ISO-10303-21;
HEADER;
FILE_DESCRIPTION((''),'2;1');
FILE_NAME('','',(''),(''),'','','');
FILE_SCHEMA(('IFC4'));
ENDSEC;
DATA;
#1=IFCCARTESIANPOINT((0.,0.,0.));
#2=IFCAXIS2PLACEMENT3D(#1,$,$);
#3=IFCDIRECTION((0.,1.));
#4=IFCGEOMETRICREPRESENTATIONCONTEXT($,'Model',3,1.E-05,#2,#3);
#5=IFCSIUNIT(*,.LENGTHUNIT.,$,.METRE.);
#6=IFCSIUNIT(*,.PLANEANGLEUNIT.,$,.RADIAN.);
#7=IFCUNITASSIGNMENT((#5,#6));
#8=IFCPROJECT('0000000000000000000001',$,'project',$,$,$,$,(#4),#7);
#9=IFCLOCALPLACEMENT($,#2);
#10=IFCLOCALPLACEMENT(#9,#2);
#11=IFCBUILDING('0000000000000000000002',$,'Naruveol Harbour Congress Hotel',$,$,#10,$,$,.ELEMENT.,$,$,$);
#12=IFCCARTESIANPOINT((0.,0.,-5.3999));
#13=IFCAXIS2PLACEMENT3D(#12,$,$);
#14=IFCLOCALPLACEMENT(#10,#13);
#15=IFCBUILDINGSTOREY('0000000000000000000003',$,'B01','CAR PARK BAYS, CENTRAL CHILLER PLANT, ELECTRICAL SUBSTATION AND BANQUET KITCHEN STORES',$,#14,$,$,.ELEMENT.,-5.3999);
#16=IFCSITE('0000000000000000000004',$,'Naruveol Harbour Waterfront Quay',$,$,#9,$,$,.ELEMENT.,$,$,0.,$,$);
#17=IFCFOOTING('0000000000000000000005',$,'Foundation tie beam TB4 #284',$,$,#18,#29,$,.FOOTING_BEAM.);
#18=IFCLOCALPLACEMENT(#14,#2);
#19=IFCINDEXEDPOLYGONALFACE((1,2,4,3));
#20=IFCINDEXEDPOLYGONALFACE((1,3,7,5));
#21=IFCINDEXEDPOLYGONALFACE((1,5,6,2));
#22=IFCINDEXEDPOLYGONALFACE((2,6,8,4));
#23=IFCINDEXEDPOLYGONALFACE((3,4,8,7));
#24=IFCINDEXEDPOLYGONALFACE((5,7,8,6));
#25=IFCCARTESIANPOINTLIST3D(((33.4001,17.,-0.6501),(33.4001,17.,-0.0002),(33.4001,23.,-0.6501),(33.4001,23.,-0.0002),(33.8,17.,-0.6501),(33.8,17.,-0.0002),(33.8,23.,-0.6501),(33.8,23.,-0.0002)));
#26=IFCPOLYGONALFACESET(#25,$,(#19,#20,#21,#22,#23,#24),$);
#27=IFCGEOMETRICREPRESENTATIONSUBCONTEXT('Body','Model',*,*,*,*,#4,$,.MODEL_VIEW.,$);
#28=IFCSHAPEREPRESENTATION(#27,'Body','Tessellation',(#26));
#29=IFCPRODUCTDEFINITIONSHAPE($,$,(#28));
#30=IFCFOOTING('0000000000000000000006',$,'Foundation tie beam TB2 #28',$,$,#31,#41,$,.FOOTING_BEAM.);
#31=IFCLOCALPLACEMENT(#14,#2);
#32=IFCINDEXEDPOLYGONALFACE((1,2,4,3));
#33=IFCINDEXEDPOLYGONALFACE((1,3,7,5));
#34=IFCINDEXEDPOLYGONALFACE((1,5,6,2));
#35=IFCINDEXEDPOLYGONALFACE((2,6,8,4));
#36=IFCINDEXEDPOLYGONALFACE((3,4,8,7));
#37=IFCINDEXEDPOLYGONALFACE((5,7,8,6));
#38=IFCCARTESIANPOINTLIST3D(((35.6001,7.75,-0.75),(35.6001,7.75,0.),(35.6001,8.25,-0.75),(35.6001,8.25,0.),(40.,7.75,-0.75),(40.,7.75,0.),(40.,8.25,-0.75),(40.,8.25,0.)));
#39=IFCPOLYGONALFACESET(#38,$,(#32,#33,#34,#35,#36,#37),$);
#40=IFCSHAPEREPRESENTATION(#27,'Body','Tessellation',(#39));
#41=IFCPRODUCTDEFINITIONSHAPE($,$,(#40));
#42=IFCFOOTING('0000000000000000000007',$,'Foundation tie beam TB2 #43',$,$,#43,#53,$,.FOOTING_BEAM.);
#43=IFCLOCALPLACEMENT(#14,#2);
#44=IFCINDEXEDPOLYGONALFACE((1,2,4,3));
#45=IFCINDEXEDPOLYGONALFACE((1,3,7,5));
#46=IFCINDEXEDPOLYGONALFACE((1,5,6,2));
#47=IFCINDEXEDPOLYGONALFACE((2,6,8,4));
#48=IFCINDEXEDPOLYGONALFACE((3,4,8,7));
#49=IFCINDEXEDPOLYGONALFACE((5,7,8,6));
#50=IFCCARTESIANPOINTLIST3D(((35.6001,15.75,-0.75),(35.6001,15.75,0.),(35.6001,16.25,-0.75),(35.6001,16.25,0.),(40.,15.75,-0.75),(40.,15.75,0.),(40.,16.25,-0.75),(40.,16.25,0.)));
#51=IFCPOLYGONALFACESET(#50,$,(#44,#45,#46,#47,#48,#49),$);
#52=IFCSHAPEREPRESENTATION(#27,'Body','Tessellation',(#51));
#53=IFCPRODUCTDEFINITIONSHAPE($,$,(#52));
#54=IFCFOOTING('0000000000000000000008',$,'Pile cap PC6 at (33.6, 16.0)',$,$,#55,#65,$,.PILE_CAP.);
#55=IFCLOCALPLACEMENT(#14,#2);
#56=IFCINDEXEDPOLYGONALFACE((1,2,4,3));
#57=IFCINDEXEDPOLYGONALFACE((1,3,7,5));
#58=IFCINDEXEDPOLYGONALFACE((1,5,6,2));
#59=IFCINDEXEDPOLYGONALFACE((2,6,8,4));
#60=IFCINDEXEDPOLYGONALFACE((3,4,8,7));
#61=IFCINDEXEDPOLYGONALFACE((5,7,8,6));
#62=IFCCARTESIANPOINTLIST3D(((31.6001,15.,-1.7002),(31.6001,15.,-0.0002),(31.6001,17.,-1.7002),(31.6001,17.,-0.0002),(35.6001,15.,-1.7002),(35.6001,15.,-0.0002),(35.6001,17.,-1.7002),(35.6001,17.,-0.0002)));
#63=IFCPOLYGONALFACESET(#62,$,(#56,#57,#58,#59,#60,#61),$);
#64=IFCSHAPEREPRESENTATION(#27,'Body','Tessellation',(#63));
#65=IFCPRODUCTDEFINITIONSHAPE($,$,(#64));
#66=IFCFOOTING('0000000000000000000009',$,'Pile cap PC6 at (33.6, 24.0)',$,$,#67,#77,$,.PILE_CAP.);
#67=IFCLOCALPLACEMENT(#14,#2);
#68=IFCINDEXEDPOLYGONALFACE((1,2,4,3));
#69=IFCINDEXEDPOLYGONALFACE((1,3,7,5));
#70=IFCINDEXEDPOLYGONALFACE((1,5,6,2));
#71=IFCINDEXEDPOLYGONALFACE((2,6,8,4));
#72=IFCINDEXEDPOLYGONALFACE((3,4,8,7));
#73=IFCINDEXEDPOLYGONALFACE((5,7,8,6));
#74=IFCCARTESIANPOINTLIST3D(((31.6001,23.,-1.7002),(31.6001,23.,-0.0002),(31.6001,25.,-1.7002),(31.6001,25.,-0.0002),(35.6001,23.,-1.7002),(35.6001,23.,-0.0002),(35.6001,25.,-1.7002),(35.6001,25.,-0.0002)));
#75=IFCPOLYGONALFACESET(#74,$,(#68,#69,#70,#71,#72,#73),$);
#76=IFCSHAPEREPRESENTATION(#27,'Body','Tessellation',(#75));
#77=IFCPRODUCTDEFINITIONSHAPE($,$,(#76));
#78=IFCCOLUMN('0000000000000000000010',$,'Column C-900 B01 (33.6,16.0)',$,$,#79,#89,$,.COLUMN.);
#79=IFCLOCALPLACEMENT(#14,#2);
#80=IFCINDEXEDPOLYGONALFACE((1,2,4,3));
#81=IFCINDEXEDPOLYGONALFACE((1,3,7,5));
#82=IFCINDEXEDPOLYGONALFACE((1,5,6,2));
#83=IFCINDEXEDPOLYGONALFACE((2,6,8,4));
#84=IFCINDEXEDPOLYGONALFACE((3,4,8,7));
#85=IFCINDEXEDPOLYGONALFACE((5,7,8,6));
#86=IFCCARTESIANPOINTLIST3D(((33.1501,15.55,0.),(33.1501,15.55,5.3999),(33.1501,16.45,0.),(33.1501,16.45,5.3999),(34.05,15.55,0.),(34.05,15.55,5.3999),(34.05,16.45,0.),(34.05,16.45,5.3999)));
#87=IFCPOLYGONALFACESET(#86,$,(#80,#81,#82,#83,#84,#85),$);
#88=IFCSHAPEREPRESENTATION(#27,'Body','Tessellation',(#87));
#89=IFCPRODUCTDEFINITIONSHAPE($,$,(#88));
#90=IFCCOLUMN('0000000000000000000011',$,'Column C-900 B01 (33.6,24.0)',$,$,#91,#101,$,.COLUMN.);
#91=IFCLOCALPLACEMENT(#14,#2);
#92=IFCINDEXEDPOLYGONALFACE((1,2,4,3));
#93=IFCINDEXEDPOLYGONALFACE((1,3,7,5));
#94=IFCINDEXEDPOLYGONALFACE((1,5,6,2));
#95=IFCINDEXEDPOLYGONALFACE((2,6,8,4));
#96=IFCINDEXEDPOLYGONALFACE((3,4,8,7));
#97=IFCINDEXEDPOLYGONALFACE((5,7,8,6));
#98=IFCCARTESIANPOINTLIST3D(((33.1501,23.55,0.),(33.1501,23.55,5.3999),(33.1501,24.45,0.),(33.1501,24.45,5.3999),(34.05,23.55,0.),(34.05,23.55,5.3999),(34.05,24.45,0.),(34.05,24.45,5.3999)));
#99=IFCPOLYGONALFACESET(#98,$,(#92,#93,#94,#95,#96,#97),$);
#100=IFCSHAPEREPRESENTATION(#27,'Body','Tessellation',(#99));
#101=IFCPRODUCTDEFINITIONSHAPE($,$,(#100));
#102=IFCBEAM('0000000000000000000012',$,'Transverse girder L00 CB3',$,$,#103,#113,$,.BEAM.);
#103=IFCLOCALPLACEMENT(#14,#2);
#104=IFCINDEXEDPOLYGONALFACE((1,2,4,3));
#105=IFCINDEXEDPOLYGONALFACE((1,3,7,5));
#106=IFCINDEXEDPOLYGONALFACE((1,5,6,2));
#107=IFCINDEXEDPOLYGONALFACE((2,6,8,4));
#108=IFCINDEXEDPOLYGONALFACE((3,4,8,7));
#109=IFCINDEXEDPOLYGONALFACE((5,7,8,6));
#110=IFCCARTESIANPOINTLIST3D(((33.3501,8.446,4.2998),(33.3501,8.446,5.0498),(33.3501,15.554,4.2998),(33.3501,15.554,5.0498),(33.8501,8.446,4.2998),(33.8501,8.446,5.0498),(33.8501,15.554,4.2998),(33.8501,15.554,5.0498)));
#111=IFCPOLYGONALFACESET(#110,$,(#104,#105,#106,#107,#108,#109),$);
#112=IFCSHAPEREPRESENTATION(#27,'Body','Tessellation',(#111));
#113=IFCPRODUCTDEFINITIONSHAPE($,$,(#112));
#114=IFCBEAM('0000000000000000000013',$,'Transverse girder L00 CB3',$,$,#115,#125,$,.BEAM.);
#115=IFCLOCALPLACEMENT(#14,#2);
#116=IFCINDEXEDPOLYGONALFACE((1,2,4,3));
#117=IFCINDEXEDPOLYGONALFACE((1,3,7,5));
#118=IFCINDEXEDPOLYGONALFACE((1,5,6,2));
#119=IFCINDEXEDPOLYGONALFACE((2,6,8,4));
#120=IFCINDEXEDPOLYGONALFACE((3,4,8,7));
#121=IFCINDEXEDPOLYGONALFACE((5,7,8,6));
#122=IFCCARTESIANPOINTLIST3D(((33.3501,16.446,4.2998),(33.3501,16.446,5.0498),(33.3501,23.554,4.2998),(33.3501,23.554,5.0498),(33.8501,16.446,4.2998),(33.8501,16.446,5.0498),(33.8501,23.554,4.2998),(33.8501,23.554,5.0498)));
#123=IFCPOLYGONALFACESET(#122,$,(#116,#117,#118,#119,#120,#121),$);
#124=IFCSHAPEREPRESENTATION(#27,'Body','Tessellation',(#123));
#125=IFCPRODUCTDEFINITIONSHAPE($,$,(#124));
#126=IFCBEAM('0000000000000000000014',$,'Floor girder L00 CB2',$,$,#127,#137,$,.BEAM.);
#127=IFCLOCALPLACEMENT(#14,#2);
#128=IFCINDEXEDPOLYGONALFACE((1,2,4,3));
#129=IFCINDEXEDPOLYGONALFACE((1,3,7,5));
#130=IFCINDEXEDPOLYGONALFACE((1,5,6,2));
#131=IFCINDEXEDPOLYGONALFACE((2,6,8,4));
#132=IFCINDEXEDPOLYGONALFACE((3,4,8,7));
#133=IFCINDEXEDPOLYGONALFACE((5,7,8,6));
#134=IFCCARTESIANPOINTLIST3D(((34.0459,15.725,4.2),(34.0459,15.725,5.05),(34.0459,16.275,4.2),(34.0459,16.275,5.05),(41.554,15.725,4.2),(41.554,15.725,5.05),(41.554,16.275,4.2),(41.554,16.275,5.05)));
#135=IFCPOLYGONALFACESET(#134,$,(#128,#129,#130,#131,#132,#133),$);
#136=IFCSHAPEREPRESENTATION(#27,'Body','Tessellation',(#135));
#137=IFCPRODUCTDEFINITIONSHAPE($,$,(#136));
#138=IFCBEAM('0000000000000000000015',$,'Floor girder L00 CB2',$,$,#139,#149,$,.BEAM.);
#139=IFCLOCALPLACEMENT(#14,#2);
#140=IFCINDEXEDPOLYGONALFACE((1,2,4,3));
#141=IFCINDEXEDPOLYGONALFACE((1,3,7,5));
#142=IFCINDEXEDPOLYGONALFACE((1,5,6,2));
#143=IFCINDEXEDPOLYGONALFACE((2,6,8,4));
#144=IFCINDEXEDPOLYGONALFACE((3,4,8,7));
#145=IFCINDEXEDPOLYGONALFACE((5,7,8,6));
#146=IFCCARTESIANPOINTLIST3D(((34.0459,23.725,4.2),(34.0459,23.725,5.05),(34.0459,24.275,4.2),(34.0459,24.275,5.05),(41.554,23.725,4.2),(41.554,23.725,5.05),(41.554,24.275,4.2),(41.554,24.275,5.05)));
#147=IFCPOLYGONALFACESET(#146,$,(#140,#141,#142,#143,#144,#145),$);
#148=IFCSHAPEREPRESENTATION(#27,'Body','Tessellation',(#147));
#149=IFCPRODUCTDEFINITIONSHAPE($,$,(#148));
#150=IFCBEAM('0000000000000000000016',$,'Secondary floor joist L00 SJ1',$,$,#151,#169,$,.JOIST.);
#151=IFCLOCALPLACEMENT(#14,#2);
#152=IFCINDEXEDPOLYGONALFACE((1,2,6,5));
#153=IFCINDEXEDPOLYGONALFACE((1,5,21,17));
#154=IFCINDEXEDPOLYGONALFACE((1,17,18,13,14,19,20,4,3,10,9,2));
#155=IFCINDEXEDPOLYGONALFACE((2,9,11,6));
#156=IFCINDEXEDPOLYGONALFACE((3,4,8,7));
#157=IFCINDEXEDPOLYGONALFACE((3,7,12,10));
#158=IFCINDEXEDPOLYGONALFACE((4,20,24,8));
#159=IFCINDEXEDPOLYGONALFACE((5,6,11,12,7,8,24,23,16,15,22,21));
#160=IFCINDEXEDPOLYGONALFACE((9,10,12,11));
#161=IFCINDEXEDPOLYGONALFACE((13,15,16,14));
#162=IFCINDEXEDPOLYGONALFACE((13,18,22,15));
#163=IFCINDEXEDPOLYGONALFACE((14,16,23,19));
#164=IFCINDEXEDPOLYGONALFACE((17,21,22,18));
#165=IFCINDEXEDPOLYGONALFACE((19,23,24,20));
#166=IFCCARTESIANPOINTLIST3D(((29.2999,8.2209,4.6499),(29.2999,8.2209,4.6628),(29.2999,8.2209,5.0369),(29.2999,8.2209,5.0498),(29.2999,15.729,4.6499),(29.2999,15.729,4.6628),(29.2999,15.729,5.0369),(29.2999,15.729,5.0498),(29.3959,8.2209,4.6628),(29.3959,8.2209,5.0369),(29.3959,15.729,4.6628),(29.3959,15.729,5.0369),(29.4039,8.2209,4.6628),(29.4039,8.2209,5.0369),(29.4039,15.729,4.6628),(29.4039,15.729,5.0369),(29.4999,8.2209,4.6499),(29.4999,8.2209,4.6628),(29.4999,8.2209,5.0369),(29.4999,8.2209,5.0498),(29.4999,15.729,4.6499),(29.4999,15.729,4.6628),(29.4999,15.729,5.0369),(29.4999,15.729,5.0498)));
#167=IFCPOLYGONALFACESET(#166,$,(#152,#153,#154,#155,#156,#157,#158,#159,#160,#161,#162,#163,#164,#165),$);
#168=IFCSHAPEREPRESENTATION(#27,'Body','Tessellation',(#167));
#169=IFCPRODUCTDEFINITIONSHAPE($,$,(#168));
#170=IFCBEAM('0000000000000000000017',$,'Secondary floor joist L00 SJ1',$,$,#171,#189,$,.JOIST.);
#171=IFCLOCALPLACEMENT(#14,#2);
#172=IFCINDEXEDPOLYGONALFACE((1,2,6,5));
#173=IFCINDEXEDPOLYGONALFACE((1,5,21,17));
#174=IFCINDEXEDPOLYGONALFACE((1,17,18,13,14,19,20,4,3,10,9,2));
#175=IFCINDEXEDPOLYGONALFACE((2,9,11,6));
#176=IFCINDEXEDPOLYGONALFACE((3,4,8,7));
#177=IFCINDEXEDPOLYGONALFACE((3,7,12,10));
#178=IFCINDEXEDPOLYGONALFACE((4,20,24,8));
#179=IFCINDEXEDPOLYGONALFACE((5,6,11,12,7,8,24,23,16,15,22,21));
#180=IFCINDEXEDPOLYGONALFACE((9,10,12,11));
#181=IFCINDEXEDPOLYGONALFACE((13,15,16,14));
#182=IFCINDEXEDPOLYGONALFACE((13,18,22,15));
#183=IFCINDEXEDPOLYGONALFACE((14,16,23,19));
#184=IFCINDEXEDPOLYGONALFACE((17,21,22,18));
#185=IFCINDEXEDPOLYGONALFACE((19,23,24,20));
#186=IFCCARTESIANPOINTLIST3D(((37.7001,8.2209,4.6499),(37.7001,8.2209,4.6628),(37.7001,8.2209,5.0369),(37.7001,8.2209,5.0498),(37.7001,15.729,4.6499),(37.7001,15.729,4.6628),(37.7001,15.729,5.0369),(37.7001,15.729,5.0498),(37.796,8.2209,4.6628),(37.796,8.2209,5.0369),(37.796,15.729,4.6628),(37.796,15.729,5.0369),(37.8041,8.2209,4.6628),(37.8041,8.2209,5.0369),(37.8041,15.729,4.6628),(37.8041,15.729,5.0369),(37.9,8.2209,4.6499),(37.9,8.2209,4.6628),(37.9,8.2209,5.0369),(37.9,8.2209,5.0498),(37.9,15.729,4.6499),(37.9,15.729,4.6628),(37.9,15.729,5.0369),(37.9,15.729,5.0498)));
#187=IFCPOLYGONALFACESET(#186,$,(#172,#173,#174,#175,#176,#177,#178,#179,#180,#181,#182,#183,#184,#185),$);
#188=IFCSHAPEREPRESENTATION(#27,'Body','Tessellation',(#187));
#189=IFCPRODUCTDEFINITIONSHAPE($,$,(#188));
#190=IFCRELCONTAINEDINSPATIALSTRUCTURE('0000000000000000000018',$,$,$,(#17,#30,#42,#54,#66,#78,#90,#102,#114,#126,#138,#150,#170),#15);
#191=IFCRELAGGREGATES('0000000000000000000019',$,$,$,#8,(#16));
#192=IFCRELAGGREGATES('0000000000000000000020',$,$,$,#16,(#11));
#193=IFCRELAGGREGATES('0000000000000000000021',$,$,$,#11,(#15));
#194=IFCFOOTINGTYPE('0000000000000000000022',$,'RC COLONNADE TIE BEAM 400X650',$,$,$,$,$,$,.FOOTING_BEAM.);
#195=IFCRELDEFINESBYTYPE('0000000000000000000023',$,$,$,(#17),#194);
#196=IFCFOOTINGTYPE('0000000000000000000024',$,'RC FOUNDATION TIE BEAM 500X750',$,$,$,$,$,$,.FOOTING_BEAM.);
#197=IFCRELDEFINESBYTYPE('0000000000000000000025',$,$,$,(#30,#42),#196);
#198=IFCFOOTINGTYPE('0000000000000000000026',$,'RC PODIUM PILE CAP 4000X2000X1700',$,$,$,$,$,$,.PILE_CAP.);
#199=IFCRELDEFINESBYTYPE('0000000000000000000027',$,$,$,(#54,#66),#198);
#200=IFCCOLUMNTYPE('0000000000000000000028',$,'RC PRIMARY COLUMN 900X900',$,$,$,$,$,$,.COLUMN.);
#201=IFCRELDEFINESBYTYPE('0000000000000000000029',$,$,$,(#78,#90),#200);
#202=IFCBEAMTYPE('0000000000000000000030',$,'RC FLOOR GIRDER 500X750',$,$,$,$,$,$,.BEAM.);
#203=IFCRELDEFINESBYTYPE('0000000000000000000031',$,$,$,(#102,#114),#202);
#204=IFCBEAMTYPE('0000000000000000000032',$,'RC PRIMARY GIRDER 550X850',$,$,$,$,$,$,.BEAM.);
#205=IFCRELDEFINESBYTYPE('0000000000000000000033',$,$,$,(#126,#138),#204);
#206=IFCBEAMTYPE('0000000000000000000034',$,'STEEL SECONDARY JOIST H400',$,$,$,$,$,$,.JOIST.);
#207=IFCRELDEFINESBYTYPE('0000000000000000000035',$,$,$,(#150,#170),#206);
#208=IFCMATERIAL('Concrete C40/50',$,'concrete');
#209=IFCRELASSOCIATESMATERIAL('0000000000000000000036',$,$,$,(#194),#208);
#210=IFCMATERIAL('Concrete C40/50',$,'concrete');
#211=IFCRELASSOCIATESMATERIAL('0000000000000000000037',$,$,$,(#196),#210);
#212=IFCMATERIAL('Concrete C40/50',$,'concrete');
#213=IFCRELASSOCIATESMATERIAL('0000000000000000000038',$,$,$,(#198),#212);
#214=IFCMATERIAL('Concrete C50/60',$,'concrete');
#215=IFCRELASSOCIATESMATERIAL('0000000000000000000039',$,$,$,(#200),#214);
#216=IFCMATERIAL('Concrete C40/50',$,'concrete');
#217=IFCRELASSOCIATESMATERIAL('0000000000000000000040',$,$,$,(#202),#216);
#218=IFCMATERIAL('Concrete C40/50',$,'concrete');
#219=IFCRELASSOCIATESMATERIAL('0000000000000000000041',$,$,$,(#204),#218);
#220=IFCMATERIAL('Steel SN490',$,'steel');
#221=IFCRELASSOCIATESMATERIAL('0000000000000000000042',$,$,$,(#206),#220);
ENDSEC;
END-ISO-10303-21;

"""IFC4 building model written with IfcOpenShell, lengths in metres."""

from ifc_helpers import new_model, si_unit, direction, frame, origin, origin_2d, place, context, subcontext, project, spatial, rectangle, i_section, extrude, material, material_profile, profile_set, type_object, element, save


model = new_model("IFC4")

# Units and contexts
model_context = context("Model", 3, precision=1e-05, world=origin(), true_north=direction((0.0, 1.0)))
body_context = subcontext(model_context, "Body", "Model", "MODEL_VIEW")
ifc_project = project(units=[si_unit("LENGTHUNIT", "METRE"), si_unit("PLANEANGLEUNIT", "RADIAN")], contexts=[model_context])

# Site, building, storey
site_placement = place(None, origin())
site = spatial("IfcSite", under=ifc_project, at=site_placement, Name="Naruveol Harbour Waterfront Quay", CompositionType="ELEMENT", RefElevation=0.0)
building_placement = place(site_placement, origin())
building = spatial("IfcBuilding", under=site, at=building_placement, Name="Naruveol Harbour Congress Hotel", CompositionType="ELEMENT")
storey_placement = place(building_placement, frame((0.0, 0.0, -5.3999)))
storey = spatial("IfcBuildingStorey", under=building, at=storey_placement, Name="B01", Description="CAR PARK BAYS, CENTRAL CHILLER PLANT, ELECTRICAL SUBSTATION AND BANQUET KITCHEN STORES", CompositionType="ELEMENT", Elevation=-5.3999)

# Footings
ifc_material_1 = material(Name="Concrete C40/50", Category="concrete")
ifc_material_profile_1 = material_profile(ifc_material_1, rectangle(XDim=0.3999, YDim=0.6499, at=origin_2d()), Name="RCB-400x650")
ifc_profile_set_1 = profile_set([ifc_material_profile_1], Name="Concrete C40/50")
footing_type_1 = type_object("IfcFootingType", Name="RC COLONNADE TIE BEAM 400X650", PredefinedType="FOOTING_BEAM", material=ifc_profile_set_1)
for number, where, z_axis, x_axis, name in (
    (1, (33.6001, 17.0, -0.3252), (0.0, 1.0, 0.0), (-1.0, 0.0, 0.0), "Foundation tie beam TB4 #284"),
):
    element("IfcFooting", number, at=place(storey_placement, frame(where, z_axis=z_axis, x_axis=x_axis)), inside=storey, type_object=footing_type_1, Name=name, PredefinedType="FOOTING_BEAM", context=body_context, shape_type="SweptSolid", body=[
        extrude(rectangle(XDim=0.3999, YDim=0.6499, at=origin_2d()), origin(), (0.0, 0.0, 1.0), 6.0),
    ])
ifc_material_2 = material(Name="Concrete C40/50", Category="concrete")
ifc_material_profile_2 = material_profile(ifc_material_2, rectangle(XDim=0.5, YDim=0.75, at=origin_2d()), Name="RCB-500x750")
ifc_profile_set_2 = profile_set([ifc_material_profile_2], Name="Concrete C40/50")
footing_type_2 = type_object("IfcFootingType", Name="RC FOUNDATION TIE BEAM 500X750", PredefinedType="FOOTING_BEAM", material=ifc_profile_set_2)
for number, where, z_axis, x_axis, name in (
    (2, (35.6001, 8.0, -0.375), (1.0, 0.0, 0.0), (0.0, 1.0, 0.0), "Foundation tie beam TB2 #28"),
    (3, (35.6001, 16.0, -0.375), (1.0, 0.0, 0.0), (0.0, 1.0, 0.0), "Foundation tie beam TB2 #43"),
):
    element("IfcFooting", number, at=place(storey_placement, frame(where, z_axis=z_axis, x_axis=x_axis)), inside=storey, type_object=footing_type_2, Name=name, PredefinedType="FOOTING_BEAM", context=body_context, shape_type="SweptSolid", body=[
        extrude(rectangle(XDim=0.5, YDim=0.75, at=origin_2d()), origin(), (0.0, 0.0, 1.0), 4.3999),
    ])
ifc_material_3 = material(Name="Concrete C40/50", Category="concrete")
footing_type_3 = type_object("IfcFootingType", Name="RC PODIUM PILE CAP 4000X2000X1700", PredefinedType="PILE_CAP", material=ifc_material_3)
for number, where, z_axis, x_axis, name in (
    (4, (33.6001, 16.0, -1.7002), (0.0, 0.0, 1.0), (1.0, 0.0, 0.0), "Pile cap PC6 at (33.6, 16.0)"),
    (5, (33.6001, 24.0, -1.7002), (0.0, 0.0, 1.0), (1.0, 0.0, 0.0), "Pile cap PC6 at (33.6, 24.0)"),
):
    element("IfcFooting", number, at=place(storey_placement, frame(where, z_axis=z_axis, x_axis=x_axis)), inside=storey, type_object=footing_type_3, Name=name, PredefinedType="PILE_CAP", context=body_context, shape_type="SweptSolid", body=[
        extrude(rectangle(XDim=4.0, YDim=2.0, at=origin_2d()), origin(), (0.0, 0.0, 1.0), 1.7),
    ])

# Columns
ifc_material_4 = material(Name="Concrete C50/60", Category="concrete")
ifc_material_profile_3 = material_profile(ifc_material_4, rectangle(XDim=0.8999, YDim=0.8999, at=origin_2d()), Name="RC-900x900")
ifc_profile_set_3 = profile_set([ifc_material_profile_3], Name="Concrete C50/60")
column_type = type_object("IfcColumnType", Name="RC PRIMARY COLUMN 900X900", PredefinedType="COLUMN", material=ifc_profile_set_3)
for number, where, z_axis, x_axis, name in (
    (6, (33.6001, 16.0, 0.0), (0.0, 0.0, 1.0), (1.0, 0.0, 0.0), "Column C-900 B01 (33.6,16.0)"),
    (7, (33.6001, 24.0, 0.0), (0.0, 0.0, 1.0), (1.0, 0.0, 0.0), "Column C-900 B01 (33.6,24.0)"),
):
    element("IfcColumn", number, at=place(storey_placement, frame(where, z_axis=z_axis, x_axis=x_axis)), inside=storey, type_object=column_type, Name=name, PredefinedType="COLUMN", context=body_context, shape_type="SweptSolid", body=[
        extrude(rectangle(XDim=0.8999, YDim=0.8999, at=origin_2d()), origin(), (0.0, 0.0, 1.0), 5.3999),
    ])

# Beams
ifc_material_5 = material(Name="Concrete C40/50", Category="concrete")
ifc_material_profile_4 = material_profile(ifc_material_5, rectangle(XDim=0.5, YDim=0.75, at=origin_2d()), Name="RCB-500x750")
ifc_profile_set_4 = profile_set([ifc_material_profile_4], Name="Concrete C40/50")
beam_type_1 = type_object("IfcBeamType", Name="RC FLOOR GIRDER 500X750", PredefinedType="BEAM", material=ifc_profile_set_4)
for number, where, z_axis, x_axis, name in (
    (8, (33.6001, 8.446, 4.6748), (0.0, 1.0, 0.0), (-1.0, 0.0, 0.0), "Transverse girder L00 CB3"),
    (9, (33.6001, 16.446, 4.6748), (0.0, 1.0, 0.0), (-1.0, 0.0, 0.0), "Transverse girder L00 CB3"),
):
    element("IfcBeam", number, at=place(storey_placement, frame(where, z_axis=z_axis, x_axis=x_axis)), inside=storey, type_object=beam_type_1, Name=name, PredefinedType="BEAM", context=body_context, shape_type="SweptSolid", body=[
        extrude(rectangle(XDim=0.5, YDim=0.75, at=origin_2d()), origin(), (0.0, 0.0, 1.0), 7.1079),
    ])
ifc_material_6 = material(Name="Concrete C40/50", Category="concrete")
ifc_material_profile_5 = material_profile(ifc_material_6, rectangle(XDim=0.55, YDim=0.8501, at=origin_2d()), Name="RCB-550x850")
ifc_profile_set_5 = profile_set([ifc_material_profile_5], Name="Concrete C40/50")
beam_type_2 = type_object("IfcBeamType", Name="RC PRIMARY GIRDER 550X850", PredefinedType="BEAM", material=ifc_profile_set_5)
for number, where, z_axis, x_axis, name in (
    (10, (34.0459, 16.0, 4.625), (1.0, 0.0, 0.0), (0.0, 1.0, 0.0), "Floor girder L00 CB2"),
    (11, (34.0459, 24.0, 4.625), (1.0, 0.0, 0.0), (0.0, 1.0, 0.0), "Floor girder L00 CB2"),
):
    element("IfcBeam", number, at=place(storey_placement, frame(where, z_axis=z_axis, x_axis=x_axis)), inside=storey, type_object=beam_type_2, Name=name, PredefinedType="BEAM", context=body_context, shape_type="SweptSolid", body=[
        extrude(rectangle(XDim=0.55, YDim=0.8501, at=origin_2d()), origin(), (0.0, 0.0, 1.0), 7.5081),
    ])
ifc_material_7 = material(Name="Steel SN490", Category="steel")
ifc_material_profile_6 = material_profile(ifc_material_7, i_section(OverallWidth=0.2, OverallDepth=0.3999, WebThickness=0.0081, FlangeThickness=0.0129, at=origin_2d()), Name="H-400x200x8x13")
ifc_profile_set_6 = profile_set([ifc_material_profile_6], Name="Steel SN490")
beam_type_3 = type_object("IfcBeamType", Name="STEEL SECONDARY JOIST H400", PredefinedType="JOIST", material=ifc_profile_set_6)
for number, where, z_axis, x_axis, name in (
    (12, (29.3999, 8.2209, 4.8499), (0.0, 1.0, 0.0), (-1.0, 0.0, 0.0), "Secondary floor joist L00 SJ1"),
    (13, (37.8, 8.2209, 4.8499), (0.0, 1.0, 0.0), (-1.0, 0.0, 0.0), "Secondary floor joist L00 SJ1"),
):
    element("IfcBeam", number, at=place(storey_placement, frame(where, z_axis=z_axis, x_axis=x_axis)), inside=storey, type_object=beam_type_3, Name=name, PredefinedType="JOIST", context=body_context, shape_type="SweptSolid", body=[
        extrude(i_section(OverallWidth=0.2, OverallDepth=0.3999, WebThickness=0.0081, FlangeThickness=0.0129, at=origin_2d()), origin(), (0.0, 0.0, 1.0), 7.5081),
    ])

save(model, "model.ifc")
